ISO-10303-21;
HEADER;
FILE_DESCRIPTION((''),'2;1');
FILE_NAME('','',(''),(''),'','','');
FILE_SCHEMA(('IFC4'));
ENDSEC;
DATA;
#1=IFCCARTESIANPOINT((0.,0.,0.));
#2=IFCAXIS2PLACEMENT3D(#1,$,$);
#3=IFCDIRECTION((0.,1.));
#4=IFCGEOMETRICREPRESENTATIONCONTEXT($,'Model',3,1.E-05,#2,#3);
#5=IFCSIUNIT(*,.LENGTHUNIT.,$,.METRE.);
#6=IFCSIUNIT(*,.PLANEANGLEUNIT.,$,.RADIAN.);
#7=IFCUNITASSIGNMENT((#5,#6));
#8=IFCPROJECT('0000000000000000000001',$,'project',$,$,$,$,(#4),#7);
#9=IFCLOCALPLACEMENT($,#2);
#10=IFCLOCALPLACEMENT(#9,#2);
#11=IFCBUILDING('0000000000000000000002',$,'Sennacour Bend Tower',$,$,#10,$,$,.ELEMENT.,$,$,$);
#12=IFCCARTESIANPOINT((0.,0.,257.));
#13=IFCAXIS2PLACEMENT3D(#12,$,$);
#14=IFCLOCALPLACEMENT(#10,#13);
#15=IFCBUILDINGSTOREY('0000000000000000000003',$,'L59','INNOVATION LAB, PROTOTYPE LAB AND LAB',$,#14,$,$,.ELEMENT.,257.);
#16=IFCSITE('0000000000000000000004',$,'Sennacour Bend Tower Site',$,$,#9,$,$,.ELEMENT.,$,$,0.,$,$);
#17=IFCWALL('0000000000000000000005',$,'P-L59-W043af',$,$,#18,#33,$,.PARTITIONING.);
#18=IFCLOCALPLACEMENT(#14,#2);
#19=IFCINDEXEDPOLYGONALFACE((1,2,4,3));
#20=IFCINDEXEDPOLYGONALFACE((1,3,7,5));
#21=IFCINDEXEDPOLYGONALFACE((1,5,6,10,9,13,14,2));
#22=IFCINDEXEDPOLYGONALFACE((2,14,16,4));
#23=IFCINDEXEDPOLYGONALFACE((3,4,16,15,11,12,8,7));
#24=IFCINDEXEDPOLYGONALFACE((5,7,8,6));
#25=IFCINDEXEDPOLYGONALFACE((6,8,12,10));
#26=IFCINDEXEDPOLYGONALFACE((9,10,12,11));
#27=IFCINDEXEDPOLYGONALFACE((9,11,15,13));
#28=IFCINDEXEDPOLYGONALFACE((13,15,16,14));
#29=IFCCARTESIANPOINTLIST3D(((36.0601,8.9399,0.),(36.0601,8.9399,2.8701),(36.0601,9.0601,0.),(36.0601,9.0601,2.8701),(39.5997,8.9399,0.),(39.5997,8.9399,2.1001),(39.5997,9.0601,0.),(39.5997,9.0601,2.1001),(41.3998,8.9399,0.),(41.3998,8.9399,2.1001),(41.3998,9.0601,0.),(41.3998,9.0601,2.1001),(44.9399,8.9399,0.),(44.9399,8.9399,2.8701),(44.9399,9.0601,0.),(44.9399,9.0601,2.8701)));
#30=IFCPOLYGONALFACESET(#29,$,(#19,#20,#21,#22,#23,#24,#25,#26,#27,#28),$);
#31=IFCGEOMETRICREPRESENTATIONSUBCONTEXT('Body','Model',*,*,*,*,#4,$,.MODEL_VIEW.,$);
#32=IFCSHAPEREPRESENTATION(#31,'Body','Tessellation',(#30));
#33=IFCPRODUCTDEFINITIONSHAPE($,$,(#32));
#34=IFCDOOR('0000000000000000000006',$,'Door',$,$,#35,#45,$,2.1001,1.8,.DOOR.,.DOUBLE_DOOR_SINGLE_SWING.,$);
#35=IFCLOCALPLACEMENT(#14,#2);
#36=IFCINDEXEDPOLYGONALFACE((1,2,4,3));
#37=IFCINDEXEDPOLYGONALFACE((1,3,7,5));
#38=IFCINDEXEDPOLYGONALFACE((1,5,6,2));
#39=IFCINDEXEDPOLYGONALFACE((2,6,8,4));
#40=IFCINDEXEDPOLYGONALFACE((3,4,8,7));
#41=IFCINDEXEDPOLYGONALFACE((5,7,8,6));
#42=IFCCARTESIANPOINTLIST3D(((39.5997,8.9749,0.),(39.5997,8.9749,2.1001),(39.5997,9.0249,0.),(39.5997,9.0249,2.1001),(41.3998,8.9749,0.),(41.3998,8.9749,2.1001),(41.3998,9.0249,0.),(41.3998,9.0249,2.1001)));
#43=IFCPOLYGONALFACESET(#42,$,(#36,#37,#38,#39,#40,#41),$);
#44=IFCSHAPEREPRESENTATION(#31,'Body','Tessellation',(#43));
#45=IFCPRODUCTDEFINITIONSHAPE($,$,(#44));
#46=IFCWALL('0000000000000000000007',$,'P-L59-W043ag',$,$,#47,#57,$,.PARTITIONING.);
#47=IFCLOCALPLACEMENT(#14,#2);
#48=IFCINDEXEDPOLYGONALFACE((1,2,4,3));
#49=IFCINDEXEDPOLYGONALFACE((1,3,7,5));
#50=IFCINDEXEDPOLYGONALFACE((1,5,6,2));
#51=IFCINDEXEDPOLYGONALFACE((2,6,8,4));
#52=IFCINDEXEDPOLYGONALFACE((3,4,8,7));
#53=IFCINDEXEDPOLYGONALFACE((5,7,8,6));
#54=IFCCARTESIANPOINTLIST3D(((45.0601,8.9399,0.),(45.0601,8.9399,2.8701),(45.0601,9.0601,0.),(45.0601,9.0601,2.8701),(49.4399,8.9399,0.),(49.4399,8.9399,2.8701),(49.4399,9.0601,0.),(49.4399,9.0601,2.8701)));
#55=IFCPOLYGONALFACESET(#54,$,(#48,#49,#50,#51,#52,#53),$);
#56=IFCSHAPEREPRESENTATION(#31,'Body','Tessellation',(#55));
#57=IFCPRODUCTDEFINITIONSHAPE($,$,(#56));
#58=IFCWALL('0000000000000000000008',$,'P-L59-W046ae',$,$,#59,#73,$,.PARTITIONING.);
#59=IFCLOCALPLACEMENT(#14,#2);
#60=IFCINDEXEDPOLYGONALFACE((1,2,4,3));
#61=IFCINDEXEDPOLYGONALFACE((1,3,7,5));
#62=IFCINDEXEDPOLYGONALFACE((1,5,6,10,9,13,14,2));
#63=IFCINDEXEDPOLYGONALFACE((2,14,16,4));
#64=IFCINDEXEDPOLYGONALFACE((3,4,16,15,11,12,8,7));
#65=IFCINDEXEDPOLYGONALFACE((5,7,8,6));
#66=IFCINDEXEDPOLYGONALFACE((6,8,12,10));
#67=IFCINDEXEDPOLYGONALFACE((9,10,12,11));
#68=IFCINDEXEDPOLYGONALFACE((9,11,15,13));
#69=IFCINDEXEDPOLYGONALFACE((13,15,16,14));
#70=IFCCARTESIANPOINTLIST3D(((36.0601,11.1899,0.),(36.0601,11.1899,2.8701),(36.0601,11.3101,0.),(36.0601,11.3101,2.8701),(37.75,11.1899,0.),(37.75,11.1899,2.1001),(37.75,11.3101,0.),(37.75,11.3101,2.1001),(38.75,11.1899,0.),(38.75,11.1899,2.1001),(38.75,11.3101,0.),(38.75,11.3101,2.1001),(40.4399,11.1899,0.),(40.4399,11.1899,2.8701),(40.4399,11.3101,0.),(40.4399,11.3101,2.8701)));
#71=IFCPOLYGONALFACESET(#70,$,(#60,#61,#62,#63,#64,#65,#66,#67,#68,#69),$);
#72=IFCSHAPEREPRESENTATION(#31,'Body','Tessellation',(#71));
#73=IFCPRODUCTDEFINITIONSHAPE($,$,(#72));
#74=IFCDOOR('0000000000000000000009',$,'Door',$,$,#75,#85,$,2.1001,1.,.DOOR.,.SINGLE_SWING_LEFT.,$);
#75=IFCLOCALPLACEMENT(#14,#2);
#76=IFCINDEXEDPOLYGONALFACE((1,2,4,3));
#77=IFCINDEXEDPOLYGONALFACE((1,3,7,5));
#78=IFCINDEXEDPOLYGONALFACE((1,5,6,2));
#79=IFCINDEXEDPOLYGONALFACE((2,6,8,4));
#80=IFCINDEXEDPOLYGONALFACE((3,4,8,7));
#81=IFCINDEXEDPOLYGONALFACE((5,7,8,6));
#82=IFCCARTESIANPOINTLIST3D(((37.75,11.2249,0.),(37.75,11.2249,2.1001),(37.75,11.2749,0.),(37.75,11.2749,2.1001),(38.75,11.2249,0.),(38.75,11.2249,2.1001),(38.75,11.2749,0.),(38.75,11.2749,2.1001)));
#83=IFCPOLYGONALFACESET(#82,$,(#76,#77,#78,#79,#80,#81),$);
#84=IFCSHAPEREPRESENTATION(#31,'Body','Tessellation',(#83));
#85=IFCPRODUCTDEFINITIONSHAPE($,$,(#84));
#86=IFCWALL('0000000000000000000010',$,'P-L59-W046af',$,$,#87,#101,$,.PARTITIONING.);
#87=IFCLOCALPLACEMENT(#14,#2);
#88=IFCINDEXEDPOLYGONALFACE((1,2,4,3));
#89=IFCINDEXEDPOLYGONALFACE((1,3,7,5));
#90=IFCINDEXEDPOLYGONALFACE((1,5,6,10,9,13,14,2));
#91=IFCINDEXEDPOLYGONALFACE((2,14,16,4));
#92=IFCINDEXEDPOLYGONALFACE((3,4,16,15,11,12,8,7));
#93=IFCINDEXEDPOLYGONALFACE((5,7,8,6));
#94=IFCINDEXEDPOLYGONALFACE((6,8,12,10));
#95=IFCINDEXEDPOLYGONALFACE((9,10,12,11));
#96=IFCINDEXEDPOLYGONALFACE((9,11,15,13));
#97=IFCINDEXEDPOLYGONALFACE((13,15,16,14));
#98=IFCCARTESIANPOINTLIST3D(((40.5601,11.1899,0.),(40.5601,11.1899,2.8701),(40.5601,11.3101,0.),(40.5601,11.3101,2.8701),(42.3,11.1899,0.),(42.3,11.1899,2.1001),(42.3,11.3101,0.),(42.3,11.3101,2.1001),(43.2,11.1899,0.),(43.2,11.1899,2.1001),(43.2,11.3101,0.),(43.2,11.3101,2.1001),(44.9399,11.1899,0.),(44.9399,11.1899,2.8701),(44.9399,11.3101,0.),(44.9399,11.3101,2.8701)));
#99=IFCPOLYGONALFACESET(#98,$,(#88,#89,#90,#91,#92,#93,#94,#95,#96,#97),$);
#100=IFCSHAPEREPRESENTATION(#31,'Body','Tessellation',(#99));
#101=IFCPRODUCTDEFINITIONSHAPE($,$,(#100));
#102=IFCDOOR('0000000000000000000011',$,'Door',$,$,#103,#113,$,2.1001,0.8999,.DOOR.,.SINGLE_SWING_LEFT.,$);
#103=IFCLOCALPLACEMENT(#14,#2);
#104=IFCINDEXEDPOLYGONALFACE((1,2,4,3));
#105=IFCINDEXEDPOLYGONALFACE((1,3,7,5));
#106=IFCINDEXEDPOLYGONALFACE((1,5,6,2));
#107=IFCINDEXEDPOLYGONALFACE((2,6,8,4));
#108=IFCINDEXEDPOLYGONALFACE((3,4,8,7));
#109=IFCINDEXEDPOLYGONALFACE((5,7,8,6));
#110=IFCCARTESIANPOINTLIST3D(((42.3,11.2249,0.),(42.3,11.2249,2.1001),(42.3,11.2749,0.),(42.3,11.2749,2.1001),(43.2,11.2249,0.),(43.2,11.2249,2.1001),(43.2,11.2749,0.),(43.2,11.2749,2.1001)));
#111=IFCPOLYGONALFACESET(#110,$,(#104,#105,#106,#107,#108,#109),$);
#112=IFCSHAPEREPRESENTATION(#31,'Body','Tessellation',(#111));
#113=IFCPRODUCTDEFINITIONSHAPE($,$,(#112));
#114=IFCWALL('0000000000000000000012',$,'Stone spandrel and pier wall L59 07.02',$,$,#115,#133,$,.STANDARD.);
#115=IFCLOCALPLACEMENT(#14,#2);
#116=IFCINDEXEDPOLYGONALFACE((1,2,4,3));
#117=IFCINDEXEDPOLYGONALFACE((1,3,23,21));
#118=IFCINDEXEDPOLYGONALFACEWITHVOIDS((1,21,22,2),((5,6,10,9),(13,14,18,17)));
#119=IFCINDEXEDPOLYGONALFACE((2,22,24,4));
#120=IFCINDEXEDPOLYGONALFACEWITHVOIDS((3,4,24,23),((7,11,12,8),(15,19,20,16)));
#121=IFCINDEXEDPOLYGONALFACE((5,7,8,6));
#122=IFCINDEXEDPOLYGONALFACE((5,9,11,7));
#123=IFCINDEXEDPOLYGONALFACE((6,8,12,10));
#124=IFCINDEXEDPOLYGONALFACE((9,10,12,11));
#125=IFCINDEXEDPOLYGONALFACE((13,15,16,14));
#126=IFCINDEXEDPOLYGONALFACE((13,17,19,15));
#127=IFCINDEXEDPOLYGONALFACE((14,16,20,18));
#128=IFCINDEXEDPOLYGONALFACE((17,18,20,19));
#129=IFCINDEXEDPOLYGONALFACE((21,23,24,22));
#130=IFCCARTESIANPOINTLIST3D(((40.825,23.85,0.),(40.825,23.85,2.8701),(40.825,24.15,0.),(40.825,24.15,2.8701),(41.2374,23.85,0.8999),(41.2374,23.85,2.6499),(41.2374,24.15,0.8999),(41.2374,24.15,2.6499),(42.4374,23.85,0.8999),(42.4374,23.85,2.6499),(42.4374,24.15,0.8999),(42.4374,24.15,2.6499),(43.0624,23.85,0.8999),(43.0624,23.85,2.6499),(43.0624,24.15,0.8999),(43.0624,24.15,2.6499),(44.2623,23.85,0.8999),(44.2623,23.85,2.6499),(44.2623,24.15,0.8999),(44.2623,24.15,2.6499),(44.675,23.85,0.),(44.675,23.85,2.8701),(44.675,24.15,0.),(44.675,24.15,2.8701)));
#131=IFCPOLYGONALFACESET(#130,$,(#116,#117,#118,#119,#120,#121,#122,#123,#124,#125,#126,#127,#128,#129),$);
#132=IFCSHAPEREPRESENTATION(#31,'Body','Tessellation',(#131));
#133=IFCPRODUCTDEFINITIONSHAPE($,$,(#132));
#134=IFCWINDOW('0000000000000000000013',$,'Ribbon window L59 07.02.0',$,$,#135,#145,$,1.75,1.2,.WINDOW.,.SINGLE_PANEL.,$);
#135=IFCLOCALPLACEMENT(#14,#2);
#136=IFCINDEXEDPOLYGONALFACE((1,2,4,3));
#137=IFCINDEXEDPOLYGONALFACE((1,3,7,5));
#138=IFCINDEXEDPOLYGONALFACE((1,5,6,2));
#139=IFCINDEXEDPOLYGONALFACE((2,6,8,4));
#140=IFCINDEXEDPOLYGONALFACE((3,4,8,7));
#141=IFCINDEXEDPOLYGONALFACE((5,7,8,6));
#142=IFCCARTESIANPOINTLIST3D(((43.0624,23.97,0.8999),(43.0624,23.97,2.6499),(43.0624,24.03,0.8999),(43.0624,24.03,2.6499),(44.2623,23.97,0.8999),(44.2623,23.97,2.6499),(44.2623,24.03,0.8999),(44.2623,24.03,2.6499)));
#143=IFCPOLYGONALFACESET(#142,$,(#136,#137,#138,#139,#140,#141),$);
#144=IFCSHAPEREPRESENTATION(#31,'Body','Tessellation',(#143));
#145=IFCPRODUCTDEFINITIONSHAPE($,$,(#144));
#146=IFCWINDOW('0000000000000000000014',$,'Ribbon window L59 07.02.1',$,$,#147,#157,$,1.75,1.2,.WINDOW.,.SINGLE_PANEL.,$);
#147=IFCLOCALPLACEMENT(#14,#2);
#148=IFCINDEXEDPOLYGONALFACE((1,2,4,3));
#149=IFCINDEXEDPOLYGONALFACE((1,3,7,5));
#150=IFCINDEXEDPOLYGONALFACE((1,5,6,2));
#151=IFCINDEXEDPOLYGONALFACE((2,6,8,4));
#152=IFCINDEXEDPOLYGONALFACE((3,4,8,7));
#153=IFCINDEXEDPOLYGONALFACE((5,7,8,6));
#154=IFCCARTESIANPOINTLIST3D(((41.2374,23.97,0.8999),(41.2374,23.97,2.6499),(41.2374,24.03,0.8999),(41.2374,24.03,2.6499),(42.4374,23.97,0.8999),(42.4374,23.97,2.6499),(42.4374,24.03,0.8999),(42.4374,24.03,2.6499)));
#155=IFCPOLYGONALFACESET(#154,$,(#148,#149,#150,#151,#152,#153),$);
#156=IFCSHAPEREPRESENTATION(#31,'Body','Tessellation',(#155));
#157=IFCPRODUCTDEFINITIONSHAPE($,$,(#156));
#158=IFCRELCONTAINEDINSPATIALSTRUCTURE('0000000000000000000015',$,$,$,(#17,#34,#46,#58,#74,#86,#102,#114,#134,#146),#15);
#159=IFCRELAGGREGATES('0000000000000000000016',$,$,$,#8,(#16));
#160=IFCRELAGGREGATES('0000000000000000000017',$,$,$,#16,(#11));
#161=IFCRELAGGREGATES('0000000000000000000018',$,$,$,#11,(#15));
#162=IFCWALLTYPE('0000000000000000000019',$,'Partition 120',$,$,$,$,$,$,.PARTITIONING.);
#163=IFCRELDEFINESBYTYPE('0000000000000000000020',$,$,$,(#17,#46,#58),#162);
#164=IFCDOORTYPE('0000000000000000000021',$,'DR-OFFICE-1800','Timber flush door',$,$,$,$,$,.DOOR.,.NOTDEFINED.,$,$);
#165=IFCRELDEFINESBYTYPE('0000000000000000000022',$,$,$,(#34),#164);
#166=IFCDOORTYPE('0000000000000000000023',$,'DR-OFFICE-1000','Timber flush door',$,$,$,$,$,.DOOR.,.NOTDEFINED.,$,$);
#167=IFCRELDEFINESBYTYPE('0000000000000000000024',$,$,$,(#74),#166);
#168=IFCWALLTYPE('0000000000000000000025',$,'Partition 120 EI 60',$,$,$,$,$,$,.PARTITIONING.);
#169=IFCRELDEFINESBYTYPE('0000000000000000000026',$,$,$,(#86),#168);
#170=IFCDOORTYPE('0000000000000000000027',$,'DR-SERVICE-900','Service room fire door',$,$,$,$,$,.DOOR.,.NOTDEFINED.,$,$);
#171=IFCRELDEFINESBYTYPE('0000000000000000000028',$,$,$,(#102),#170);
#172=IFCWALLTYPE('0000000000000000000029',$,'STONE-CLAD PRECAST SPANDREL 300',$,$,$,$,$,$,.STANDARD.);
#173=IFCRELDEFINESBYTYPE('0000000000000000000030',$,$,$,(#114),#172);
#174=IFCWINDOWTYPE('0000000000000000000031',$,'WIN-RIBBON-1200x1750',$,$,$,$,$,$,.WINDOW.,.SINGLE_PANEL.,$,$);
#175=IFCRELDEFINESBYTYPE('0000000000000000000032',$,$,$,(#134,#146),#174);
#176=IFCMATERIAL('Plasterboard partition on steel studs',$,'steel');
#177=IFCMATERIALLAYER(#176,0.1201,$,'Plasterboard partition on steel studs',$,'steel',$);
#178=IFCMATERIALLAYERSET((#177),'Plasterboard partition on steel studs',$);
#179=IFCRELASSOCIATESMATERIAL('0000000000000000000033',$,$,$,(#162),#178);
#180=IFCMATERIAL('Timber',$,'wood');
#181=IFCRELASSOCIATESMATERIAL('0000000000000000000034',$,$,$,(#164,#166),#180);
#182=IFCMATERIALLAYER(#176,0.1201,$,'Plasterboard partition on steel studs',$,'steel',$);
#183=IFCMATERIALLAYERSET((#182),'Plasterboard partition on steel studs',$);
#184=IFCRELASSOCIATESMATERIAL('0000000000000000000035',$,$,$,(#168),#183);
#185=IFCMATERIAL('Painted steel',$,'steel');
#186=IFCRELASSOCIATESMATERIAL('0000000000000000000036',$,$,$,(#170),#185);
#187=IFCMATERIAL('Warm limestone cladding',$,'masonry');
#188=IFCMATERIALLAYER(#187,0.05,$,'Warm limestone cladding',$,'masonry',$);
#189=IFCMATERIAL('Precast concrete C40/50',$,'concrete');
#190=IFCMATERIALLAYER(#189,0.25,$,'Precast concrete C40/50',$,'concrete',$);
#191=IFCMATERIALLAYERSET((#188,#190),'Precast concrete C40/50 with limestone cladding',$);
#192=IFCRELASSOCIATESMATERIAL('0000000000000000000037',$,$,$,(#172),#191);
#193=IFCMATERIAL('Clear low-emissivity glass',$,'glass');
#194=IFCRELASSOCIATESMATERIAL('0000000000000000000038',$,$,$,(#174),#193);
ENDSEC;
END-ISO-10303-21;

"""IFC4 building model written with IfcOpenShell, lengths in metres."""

from ifc_helpers import new_model, si_unit, direction, frame, frame_2d, origin, place, context, subcontext, project, spatial, rectangle, extrude, material, layer, layer_set, type_object, element, fill, save


model = new_model("IFC4")

# Units and contexts
model_context = context("Model", 3, precision=1e-05, world=origin(), true_north=direction((0.0, 1.0)))
body_context = subcontext(model_context, "Body", "Model", "MODEL_VIEW")
ifc_project = project(units=[si_unit("LENGTHUNIT", "METRE"), si_unit("PLANEANGLEUNIT", "RADIAN")], contexts=[model_context])

# Site, building, storey
site_placement = place(None, origin())
site = spatial("IfcSite", under=ifc_project, at=site_placement, Name="Sennacour Bend Tower Site", CompositionType="ELEMENT", RefElevation=0.0)
building_placement = place(site_placement, origin())
building = spatial("IfcBuilding", under=site, at=building_placement, Name="Sennacour Bend Tower", CompositionType="ELEMENT")
storey_placement = place(building_placement, frame((0.0, 0.0, 257.0)))
storey = spatial("IfcBuildingStorey", under=building, at=storey_placement, Name="L59", Description="INNOVATION LAB, PROTOTYPE LAB AND LAB", CompositionType="ELEMENT", Elevation=257.0)

# Shared definitions
ifc_material_1 = material(Name="Plasterboard partition on steel studs", Category="steel")
ifc_layer_1 = layer(ifc_material_1, 0.1201, Name="Plasterboard partition on steel studs", Category="steel")
ifc_layer_set_1 = layer_set([ifc_layer_1], Name="Plasterboard partition on steel studs")
wall_type_1 = type_object("IfcWallType", Name="Partition 120", PredefinedType="PARTITIONING", material=ifc_layer_set_1)

# Wall, opening, door
wall_1_placement = place(storey_placement, frame((36.0601, 9.0, 0.0), z_axis=(0.0, 0.0, 1.0), x_axis=(1.0, 0.0, 0.0)))
wall_1 = element("IfcWall", 1, at=wall_1_placement, inside=storey, type_object=wall_type_1, Name="P-L59-W043af", PredefinedType="PARTITIONING", context=body_context, shape_type="SweptSolid", body=[
    extrude(rectangle(XDim=8.8799, YDim=0.1201, at=frame_2d((4.4399, 0.0))), origin(), (0.0, 0.0, 1.0), 2.8701),
])
opening_1_placement = place(wall_1_placement, frame((3.5398, 0.0, 0.0)))
opening_1 = element("IfcOpeningElement", 2, at=opening_1_placement, cuts=wall_1, PredefinedType="OPENING", context=body_context, shape_type="SweptSolid", body=[
    extrude(rectangle(XDim=1.8, YDim=2.1001, at=frame_2d((0.8999, 1.05))), frame((0.0, 0.0701, 0.0), z_axis=(0.0, -1.0, 0.0), x_axis=(1.0, 0.0, 0.0)), (0.0, 0.0, 1.0), 0.1401),
])
ifc_material_2 = material(Name="Timber", Category="wood")
door_type_1 = type_object("IfcDoorType", Name="DR-OFFICE-1800", Description="Timber flush door", OperationType="NOTDEFINED", PredefinedType="DOOR", material=ifc_material_2)
door_1_placement = place(opening_1_placement, origin())
door_1 = element("IfcDoor", 3, at=door_1_placement, inside=storey, type_object=door_type_1, Name="Door", OperationType="DOUBLE_DOOR_SINGLE_SWING", OverallHeight=2.1001, OverallWidth=1.8, PredefinedType="DOOR", context=body_context, shape_type="SweptSolid", body=[
    extrude(rectangle(XDim=1.8, YDim=2.1001, at=frame_2d((0.8999, 1.05))), frame((0.0, 0.0249, 0.0), z_axis=(0.0, -1.0, 0.0), x_axis=(1.0, 0.0, 0.0)), (0.0, 0.0, 1.0), 0.05),
])
fill(opening_1, door_1)

# Wall
wall_2_placement = place(storey_placement, frame((45.0601, 9.0, 0.0), z_axis=(0.0, 0.0, 1.0), x_axis=(1.0, 0.0, 0.0)))
element("IfcWall", 4, at=wall_2_placement, inside=storey, type_object=wall_type_1, Name="P-L59-W043ag", PredefinedType="PARTITIONING", context=body_context, shape_type="SweptSolid", body=[
    extrude(rectangle(XDim=4.3799, YDim=0.1201, at=frame_2d((2.1899, 0.0))), origin(), (0.0, 0.0, 1.0), 2.8701),
])

# Walls, openings, doors
wall_3_placement = place(storey_placement, frame((36.0601, 11.25, 0.0), z_axis=(0.0, 0.0, 1.0), x_axis=(1.0, 0.0, 0.0)))
wall_3 = element("IfcWall", 5, at=wall_3_placement, inside=storey, type_object=wall_type_1, Name="P-L59-W046ae", PredefinedType="PARTITIONING", context=body_context, shape_type="SweptSolid", body=[
    extrude(rectangle(XDim=4.3799, YDim=0.1201, at=frame_2d((2.1899, 0.0))), origin(), (0.0, 0.0, 1.0), 2.8701),
])
opening_2_placement = place(wall_3_placement, frame((1.6899, 0.0, 0.0)))
opening_2 = element("IfcOpeningElement", 6, at=opening_2_placement, cuts=wall_3, PredefinedType="OPENING", context=body_context, shape_type="SweptSolid", body=[
    extrude(rectangle(XDim=1.0, YDim=2.1001, at=frame_2d((0.5, 1.05))), frame((0.0, 0.0701, 0.0), z_axis=(0.0, -1.0, 0.0), x_axis=(1.0, 0.0, 0.0)), (0.0, 0.0, 1.0), 0.1401),
])
door_type_2 = type_object("IfcDoorType", Name="DR-OFFICE-1000", Description="Timber flush door", OperationType="NOTDEFINED", PredefinedType="DOOR", material=ifc_material_2)
door_2_placement = place(opening_2_placement, origin())
door_2 = element("IfcDoor", 7, at=door_2_placement, inside=storey, type_object=door_type_2, Name="Door", OperationType="SINGLE_SWING_LEFT", OverallHeight=2.1001, OverallWidth=1.0, PredefinedType="DOOR", context=body_context, shape_type="SweptSolid", body=[
    extrude(rectangle(XDim=1.0, YDim=2.1001, at=frame_2d((0.5, 1.05))), frame((0.0, 0.0249, 0.0), z_axis=(0.0, -1.0, 0.0), x_axis=(1.0, 0.0, 0.0)), (0.0, 0.0, 1.0), 0.05),
])
fill(opening_2, door_2)
ifc_layer_2 = layer(ifc_material_1, 0.1201, Name="Plasterboard partition on steel studs", Category="steel")
ifc_layer_set_2 = layer_set([ifc_layer_2], Name="Plasterboard partition on steel studs")
wall_type_2 = type_object("IfcWallType", Name="Partition 120 EI 60", PredefinedType="PARTITIONING", material=ifc_layer_set_2)
wall_4_placement = place(storey_placement, frame((40.5601, 11.25, 0.0), z_axis=(0.0, 0.0, 1.0), x_axis=(1.0, 0.0, 0.0)))
wall_4 = element("IfcWall", 8, at=wall_4_placement, inside=storey, type_object=wall_type_2, Name="P-L59-W046af", PredefinedType="PARTITIONING", context=body_context, shape_type="SweptSolid", body=[
    extrude(rectangle(XDim=4.3799, YDim=0.1201, at=frame_2d((2.1899, 0.0))), origin(), (0.0, 0.0, 1.0), 2.8701),
])
opening_3_placement = place(wall_4_placement, frame((1.74, 0.0, 0.0)))
opening_3 = element("IfcOpeningElement", 9, at=opening_3_placement, cuts=wall_4, PredefinedType="OPENING", context=body_context, shape_type="SweptSolid", body=[
    extrude(rectangle(XDim=0.8999, YDim=2.1001, at=frame_2d((0.45, 1.05))), frame((0.0, 0.0701, 0.0), z_axis=(0.0, -1.0, 0.0), x_axis=(1.0, 0.0, 0.0)), (0.0, 0.0, 1.0), 0.1401),
])
ifc_material_3 = material(Name="Painted steel", Category="steel")
door_type_3 = type_object("IfcDoorType", Name="DR-SERVICE-900", Description="Service room fire door", OperationType="NOTDEFINED", PredefinedType="DOOR", material=ifc_material_3)
door_3_placement = place(opening_3_placement, origin())
door_3 = element("IfcDoor", 10, at=door_3_placement, inside=storey, type_object=door_type_3, Name="Door", OperationType="SINGLE_SWING_LEFT", OverallHeight=2.1001, OverallWidth=0.8999, PredefinedType="DOOR", context=body_context, shape_type="SweptSolid", body=[
    extrude(rectangle(XDim=0.8999, YDim=2.1001, at=frame_2d((0.45, 1.05))), frame((0.0, 0.0249, 0.0), z_axis=(0.0, -1.0, 0.0), x_axis=(1.0, 0.0, 0.0)), (0.0, 0.0, 1.0), 0.05),
])
fill(opening_3, door_3)

# Wall, openings, windows
ifc_material_4 = material(Name="Warm limestone cladding", Category="masonry")
ifc_layer_3 = layer(ifc_material_4, 0.05, Name="Warm limestone cladding", Category="masonry")
ifc_material_5 = material(Name="Precast concrete C40/50", Category="concrete")
ifc_layer_4 = layer(ifc_material_5, 0.25, Name="Precast concrete C40/50", Category="concrete")
ifc_layer_set_3 = layer_set([ifc_layer_3, ifc_layer_4], Name="Precast concrete C40/50 with limestone cladding")
wall_type_3 = type_object("IfcWallType", Name="STONE-CLAD PRECAST SPANDREL 300", PredefinedType="STANDARD", material=ifc_layer_set_3)
wall_5_placement = place(storey_placement, frame((44.675, 24.0, 0.0), z_axis=(0.0, 0.0, 1.0), x_axis=(-1.0, 0.0, 0.0)))
wall_5 = element("IfcWall", 11, at=wall_5_placement, inside=storey, type_object=wall_type_3, Name="Stone spandrel and pier wall L59 07.02", PredefinedType="STANDARD", context=body_context, shape_type="SweptSolid", body=[
    extrude(rectangle(XDim=3.8501, YDim=0.3, at=frame_2d((1.925, 0.0))), origin(), (0.0, 0.0, 1.0), 2.8701),
])
opening_4_placement = place(wall_5_placement, frame((0.4126, 0.0, 0.8999)))
opening_4 = element("IfcOpeningElement", 12, at=opening_4_placement, cuts=wall_5, PredefinedType="OPENING", context=body_context, shape_type="SweptSolid", body=[
    extrude(rectangle(XDim=1.2, YDim=1.75, at=frame_2d((0.6001, 0.875))), frame((0.0, 0.1602, 0.0), z_axis=(0.0, -1.0, 0.0), x_axis=(1.0, 0.0, 0.0)), (0.0, 0.0, 1.0), 0.3201),
])
opening_5_placement = place(wall_5_placement, frame((2.2375, 0.0, 0.8999)))
opening_5 = element("IfcOpeningElement", 13, at=opening_5_placement, cuts=wall_5, PredefinedType="OPENING", context=body_context, shape_type="SweptSolid", body=[
    extrude(rectangle(XDim=1.2, YDim=1.75, at=frame_2d((0.6001, 0.875))), frame((0.0, 0.1602, 0.0), z_axis=(0.0, -1.0, 0.0), x_axis=(1.0, 0.0, 0.0)), (0.0, 0.0, 1.0), 0.3201),
])
ifc_material_6 = material(Name="Clear low-emissivity glass", Category="glass")
window_type = type_object("IfcWindowType", Name="WIN-RIBBON-1200x1750", PartitioningType="SINGLE_PANEL", PredefinedType="WINDOW", material=ifc_material_6)
window_1_placement = place(opening_4_placement, origin())
window_1 = element("IfcWindow", 14, at=window_1_placement, inside=storey, type_object=window_type, Name="Ribbon window L59 07.02.0", OverallHeight=1.75, OverallWidth=1.2, PartitioningType="SINGLE_PANEL", PredefinedType="WINDOW", context=body_context, shape_type="SweptSolid", body=[
    extrude(rectangle(XDim=1.2, YDim=1.75, at=frame_2d((0.6001, 0.875))), frame((0.0, 0.03, 0.0), z_axis=(0.0, -1.0, 0.0), x_axis=(1.0, 0.0, 0.0)), (0.0, 0.0, 1.0), 0.0601),
])
fill(opening_4, window_1)
window_2_placement = place(opening_5_placement, origin())
window_2 = element("IfcWindow", 15, at=window_2_placement, inside=storey, type_object=window_type, Name="Ribbon window L59 07.02.1", OverallHeight=1.75, OverallWidth=1.2, PartitioningType="SINGLE_PANEL", PredefinedType="WINDOW", context=body_context, shape_type="SweptSolid", body=[
    extrude(rectangle(XDim=1.2, YDim=1.75, at=frame_2d((0.6001, 0.875))), frame((0.0, 0.03, 0.0), z_axis=(0.0, -1.0, 0.0), x_axis=(1.0, 0.0, 0.0)), (0.0, 0.0, 1.0), 0.0601),
])
fill(opening_5, window_2)

save(model, "model.ifc")
